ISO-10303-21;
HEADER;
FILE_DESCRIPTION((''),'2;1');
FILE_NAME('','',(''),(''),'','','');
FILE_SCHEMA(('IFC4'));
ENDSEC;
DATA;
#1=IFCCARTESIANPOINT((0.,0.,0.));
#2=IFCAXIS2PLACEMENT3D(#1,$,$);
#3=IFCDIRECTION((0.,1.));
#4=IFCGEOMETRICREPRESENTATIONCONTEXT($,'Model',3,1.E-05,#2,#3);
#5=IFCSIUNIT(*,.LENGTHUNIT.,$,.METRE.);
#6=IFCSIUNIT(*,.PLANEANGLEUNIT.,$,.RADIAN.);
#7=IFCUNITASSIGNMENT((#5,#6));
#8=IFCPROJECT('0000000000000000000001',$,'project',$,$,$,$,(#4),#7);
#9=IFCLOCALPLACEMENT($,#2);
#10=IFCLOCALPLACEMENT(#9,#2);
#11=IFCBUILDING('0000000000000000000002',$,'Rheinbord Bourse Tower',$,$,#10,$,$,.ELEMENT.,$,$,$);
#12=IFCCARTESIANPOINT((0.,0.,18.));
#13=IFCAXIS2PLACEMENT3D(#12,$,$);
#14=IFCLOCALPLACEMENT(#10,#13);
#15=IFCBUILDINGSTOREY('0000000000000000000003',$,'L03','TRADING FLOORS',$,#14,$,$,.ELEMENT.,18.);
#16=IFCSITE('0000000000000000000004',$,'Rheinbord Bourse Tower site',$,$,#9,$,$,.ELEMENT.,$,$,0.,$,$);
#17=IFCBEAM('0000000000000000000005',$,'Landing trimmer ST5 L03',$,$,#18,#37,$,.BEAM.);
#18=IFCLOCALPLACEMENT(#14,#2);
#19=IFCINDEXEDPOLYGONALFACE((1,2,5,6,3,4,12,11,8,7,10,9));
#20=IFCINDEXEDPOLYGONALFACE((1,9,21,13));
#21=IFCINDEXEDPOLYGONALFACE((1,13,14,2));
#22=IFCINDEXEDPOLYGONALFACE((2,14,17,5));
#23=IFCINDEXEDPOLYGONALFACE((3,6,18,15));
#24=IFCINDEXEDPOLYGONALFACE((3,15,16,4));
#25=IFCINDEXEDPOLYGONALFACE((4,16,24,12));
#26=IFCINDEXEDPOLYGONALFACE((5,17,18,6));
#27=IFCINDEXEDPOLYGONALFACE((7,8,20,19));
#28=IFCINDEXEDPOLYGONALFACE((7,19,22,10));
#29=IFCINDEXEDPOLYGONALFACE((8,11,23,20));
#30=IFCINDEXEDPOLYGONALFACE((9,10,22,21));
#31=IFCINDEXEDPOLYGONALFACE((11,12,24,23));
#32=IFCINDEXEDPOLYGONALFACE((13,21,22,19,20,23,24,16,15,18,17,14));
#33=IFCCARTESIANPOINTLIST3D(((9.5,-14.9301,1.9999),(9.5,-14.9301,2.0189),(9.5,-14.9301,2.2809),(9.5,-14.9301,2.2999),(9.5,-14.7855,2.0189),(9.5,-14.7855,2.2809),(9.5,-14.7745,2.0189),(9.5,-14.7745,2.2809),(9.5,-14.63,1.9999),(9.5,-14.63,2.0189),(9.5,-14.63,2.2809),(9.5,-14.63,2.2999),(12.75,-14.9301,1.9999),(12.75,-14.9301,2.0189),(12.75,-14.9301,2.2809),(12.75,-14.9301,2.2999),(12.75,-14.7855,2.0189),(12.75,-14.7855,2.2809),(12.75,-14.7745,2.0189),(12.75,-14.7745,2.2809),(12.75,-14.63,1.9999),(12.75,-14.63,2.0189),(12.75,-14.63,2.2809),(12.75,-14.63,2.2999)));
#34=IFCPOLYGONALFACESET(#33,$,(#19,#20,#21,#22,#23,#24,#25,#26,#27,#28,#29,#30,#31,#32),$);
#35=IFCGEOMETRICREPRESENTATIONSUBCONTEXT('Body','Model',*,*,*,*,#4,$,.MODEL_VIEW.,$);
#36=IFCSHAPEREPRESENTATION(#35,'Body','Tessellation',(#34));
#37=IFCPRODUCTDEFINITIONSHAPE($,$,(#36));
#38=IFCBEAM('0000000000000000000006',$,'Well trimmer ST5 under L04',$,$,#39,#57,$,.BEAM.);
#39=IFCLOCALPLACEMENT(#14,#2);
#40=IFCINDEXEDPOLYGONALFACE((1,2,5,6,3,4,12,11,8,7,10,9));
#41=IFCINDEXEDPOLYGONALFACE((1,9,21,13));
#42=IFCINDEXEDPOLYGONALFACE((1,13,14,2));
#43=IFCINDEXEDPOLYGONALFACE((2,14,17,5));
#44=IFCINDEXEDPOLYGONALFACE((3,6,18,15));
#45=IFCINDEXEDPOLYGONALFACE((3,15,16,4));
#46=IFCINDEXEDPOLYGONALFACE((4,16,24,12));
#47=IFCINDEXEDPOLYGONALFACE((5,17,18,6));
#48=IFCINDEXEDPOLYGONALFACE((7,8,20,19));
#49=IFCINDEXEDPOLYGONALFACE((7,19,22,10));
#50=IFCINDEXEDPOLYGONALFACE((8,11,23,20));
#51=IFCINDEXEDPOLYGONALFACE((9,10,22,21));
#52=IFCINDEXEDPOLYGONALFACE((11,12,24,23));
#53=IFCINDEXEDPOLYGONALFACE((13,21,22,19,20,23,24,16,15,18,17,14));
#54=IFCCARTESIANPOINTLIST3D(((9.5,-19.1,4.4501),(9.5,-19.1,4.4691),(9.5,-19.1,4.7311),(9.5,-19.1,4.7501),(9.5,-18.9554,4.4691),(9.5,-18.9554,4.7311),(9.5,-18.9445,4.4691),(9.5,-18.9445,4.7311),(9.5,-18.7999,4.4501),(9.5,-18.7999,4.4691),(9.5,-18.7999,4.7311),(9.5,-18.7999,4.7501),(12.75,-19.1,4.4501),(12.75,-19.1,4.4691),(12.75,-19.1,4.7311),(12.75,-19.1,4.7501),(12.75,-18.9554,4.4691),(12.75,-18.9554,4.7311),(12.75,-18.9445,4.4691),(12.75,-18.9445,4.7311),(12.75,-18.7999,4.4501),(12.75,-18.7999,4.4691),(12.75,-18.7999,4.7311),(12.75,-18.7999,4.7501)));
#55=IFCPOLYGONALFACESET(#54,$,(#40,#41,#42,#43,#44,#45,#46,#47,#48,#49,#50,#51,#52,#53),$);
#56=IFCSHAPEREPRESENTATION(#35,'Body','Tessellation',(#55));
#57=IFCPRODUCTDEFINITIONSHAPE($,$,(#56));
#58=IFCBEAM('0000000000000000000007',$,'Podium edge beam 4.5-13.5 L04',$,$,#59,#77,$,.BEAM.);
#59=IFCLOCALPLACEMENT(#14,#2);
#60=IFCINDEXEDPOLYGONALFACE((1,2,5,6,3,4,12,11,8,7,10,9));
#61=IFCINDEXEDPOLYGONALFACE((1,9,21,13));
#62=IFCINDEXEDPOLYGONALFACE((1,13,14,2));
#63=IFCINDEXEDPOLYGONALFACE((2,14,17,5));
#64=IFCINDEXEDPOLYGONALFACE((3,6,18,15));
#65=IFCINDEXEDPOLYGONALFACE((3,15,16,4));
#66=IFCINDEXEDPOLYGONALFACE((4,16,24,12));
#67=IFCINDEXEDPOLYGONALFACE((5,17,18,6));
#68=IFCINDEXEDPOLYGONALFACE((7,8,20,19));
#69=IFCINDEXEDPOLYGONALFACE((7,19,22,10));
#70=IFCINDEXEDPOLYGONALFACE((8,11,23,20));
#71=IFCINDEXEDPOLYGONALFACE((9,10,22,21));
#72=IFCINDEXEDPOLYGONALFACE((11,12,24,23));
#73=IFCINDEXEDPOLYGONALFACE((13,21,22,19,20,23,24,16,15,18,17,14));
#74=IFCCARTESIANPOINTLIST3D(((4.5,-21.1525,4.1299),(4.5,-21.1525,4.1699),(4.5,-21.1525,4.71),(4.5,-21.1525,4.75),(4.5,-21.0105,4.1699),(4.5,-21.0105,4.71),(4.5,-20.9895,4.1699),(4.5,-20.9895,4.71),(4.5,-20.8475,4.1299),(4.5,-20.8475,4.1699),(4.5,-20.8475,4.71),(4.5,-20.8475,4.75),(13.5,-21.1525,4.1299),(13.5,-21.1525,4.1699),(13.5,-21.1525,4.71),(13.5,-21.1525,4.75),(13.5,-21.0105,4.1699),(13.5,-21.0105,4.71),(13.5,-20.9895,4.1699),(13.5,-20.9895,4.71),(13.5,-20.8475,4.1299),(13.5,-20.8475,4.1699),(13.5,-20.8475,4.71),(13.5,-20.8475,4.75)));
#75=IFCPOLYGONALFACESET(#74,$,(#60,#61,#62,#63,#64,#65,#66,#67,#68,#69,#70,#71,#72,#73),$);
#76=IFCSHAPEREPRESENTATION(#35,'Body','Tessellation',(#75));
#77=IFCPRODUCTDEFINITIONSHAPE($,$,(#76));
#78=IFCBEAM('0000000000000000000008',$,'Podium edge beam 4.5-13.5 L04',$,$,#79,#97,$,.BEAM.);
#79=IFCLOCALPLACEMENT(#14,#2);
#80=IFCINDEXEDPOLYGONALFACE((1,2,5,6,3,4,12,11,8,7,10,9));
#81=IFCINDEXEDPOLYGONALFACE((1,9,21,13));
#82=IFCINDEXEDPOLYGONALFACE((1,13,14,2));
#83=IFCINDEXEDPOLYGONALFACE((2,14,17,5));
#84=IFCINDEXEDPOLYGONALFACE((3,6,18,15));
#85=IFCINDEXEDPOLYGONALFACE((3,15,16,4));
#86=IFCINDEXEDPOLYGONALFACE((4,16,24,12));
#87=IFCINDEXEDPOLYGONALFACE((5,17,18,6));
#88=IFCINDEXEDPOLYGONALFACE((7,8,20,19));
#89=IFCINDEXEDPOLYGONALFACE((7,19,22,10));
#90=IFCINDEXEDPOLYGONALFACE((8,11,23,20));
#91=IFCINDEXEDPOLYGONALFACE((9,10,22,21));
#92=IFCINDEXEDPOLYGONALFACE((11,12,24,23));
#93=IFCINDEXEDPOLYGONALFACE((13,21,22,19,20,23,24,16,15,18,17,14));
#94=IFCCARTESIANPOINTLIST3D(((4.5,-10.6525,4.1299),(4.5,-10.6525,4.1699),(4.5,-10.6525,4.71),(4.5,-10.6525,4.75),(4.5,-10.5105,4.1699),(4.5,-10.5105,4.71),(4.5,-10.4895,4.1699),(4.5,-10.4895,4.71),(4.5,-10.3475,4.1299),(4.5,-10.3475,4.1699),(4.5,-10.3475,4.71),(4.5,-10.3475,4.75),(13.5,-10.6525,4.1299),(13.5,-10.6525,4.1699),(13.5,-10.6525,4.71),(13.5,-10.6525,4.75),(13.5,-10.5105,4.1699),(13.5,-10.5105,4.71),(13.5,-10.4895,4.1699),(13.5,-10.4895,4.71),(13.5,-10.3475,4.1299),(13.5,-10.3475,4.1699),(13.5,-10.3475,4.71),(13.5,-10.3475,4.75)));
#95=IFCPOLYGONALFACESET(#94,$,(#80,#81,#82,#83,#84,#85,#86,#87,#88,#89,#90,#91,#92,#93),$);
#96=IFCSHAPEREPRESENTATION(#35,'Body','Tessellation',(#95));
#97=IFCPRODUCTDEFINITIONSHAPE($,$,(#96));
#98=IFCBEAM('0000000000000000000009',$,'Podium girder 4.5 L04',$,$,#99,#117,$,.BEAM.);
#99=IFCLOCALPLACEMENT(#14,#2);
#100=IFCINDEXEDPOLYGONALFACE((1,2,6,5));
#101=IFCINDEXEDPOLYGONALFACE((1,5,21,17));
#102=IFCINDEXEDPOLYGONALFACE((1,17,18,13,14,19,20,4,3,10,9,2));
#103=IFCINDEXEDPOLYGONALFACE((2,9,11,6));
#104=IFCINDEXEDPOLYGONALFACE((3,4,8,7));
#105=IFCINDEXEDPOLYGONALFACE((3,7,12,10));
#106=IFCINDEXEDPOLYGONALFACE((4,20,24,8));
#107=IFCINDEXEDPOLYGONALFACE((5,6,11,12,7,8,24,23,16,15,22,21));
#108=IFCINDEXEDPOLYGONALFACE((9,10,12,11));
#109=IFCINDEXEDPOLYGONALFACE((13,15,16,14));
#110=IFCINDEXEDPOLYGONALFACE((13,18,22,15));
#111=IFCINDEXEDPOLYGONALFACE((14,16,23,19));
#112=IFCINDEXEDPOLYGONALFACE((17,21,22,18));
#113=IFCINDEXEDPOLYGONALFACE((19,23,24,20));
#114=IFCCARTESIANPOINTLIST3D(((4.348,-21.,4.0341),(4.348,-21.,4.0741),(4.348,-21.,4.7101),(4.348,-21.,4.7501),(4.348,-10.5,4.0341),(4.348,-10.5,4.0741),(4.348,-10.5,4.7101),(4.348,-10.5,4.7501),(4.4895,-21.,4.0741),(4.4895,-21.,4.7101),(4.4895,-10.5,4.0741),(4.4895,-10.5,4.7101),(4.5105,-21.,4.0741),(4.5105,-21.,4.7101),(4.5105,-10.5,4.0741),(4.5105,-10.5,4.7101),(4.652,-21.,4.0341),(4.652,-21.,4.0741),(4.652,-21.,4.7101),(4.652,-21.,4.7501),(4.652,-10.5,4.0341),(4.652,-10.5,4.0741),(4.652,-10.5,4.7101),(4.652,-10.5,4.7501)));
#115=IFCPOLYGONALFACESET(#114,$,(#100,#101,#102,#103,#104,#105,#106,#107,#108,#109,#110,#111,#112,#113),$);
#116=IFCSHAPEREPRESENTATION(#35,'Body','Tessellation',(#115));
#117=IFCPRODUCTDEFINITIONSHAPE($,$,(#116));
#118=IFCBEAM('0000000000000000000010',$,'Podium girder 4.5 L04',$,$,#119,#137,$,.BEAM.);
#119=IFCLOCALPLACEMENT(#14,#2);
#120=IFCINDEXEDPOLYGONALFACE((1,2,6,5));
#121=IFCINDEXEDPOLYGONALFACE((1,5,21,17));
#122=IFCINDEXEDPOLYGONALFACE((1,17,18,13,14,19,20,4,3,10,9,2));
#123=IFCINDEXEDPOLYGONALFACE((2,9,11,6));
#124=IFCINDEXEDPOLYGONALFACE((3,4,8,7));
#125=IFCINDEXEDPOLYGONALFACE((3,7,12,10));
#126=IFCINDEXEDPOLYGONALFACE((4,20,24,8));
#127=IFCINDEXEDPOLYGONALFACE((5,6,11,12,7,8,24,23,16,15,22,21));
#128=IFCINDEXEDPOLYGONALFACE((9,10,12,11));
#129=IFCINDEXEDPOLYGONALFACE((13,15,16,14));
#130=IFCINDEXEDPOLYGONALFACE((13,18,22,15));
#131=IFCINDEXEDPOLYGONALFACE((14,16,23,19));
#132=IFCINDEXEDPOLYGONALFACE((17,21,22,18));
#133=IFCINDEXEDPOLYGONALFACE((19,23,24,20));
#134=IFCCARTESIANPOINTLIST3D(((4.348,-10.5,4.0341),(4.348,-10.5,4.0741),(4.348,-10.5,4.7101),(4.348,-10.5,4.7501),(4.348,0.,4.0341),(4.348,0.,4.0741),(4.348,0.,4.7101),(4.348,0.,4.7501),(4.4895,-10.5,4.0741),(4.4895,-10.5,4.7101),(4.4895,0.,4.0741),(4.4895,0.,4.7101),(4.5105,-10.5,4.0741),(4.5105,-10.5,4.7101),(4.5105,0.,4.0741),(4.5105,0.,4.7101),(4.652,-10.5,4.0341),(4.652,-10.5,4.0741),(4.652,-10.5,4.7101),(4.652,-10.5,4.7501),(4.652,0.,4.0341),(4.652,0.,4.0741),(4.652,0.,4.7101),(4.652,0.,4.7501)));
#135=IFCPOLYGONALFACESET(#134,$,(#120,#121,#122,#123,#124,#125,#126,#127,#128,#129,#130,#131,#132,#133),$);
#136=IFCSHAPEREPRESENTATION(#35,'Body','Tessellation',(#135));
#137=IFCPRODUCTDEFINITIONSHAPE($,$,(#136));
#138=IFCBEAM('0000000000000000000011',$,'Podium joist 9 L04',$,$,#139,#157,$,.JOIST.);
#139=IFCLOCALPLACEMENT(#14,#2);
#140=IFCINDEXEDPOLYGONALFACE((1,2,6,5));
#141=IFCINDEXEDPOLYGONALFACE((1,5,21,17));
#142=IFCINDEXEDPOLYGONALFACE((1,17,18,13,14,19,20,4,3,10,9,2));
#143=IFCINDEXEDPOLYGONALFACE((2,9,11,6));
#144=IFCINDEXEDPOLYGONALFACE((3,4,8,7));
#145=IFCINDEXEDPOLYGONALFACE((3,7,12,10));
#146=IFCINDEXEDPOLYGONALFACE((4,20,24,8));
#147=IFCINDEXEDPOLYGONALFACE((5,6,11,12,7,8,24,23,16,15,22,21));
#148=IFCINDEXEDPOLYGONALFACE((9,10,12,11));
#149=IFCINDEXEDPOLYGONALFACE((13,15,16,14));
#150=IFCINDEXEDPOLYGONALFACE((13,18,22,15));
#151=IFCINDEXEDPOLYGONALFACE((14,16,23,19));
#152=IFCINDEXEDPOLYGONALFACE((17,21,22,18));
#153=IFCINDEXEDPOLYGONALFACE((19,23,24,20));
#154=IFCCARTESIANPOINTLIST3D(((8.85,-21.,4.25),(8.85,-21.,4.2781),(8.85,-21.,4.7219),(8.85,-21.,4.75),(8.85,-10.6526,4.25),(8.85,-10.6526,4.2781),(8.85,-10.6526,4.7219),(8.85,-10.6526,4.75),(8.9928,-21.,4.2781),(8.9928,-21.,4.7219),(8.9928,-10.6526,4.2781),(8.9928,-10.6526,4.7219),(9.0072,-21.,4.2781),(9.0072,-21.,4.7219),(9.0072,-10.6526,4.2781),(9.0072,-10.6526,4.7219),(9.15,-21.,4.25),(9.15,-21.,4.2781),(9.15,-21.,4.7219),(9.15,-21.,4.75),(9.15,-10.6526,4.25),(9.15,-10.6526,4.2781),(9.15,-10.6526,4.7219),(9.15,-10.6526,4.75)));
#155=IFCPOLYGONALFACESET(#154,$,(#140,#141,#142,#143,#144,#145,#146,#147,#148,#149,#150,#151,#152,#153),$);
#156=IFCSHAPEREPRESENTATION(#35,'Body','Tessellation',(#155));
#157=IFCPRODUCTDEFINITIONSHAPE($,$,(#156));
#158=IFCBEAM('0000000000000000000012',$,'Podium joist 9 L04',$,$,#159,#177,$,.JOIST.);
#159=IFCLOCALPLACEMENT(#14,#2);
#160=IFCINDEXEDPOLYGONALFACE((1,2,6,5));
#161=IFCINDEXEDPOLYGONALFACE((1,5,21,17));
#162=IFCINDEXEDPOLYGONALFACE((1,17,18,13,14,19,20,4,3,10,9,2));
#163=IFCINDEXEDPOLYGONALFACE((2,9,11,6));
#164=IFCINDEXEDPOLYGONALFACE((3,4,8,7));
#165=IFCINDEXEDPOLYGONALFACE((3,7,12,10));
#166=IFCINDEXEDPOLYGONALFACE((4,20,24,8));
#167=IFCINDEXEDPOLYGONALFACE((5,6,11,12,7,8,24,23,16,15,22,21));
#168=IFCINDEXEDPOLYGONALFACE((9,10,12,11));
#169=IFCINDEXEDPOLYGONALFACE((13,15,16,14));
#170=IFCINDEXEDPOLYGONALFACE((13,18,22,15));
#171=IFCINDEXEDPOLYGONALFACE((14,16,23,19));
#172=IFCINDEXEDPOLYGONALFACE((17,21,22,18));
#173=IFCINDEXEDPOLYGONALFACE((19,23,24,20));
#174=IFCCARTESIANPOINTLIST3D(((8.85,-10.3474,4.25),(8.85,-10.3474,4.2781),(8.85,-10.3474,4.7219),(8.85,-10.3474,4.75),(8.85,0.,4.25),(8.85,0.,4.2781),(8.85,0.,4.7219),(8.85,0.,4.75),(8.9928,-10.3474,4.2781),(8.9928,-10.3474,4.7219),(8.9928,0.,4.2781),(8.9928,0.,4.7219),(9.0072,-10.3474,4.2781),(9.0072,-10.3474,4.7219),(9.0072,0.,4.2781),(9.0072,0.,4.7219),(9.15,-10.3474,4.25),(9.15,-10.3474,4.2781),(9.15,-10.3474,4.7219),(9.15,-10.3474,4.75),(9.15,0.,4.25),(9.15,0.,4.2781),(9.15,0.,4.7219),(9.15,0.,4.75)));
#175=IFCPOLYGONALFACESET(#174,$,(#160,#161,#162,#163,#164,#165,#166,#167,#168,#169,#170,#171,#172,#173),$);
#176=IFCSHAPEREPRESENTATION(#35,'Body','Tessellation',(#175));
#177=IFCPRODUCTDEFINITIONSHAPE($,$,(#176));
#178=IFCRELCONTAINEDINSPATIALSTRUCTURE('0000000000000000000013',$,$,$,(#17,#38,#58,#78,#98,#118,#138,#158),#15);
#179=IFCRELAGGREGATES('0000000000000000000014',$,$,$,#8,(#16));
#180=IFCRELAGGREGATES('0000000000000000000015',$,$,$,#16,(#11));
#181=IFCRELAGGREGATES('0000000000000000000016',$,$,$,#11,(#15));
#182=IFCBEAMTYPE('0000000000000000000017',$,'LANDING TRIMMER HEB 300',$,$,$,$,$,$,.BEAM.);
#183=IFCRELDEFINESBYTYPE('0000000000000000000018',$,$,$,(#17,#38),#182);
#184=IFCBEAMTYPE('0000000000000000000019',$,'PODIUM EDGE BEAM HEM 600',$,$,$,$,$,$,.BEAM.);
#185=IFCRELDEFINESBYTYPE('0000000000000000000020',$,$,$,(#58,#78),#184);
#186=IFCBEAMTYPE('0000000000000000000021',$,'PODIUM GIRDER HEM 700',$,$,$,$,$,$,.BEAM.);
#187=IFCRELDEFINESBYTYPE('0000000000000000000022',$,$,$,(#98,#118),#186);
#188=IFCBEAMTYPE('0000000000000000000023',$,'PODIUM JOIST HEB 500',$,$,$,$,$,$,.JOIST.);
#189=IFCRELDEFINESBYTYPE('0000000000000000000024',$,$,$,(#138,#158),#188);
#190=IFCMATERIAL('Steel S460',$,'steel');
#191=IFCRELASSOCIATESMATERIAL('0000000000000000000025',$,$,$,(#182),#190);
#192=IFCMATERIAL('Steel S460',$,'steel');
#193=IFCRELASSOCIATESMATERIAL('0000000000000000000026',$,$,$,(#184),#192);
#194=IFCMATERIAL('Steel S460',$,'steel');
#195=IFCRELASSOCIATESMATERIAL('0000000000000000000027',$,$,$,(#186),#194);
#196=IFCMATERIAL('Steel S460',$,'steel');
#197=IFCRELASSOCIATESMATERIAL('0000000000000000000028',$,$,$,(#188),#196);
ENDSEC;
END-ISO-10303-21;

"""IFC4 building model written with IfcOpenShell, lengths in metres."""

from ifc_helpers import new_model, si_unit, direction, frame, origin, origin_2d, place, context, subcontext, project, spatial, i_section, extrude, material, material_profile, profile_set, type_object, element, save


model = new_model("IFC4")

# Units and contexts
model_context = context("Model", 3, precision=1e-05, world=origin(), true_north=direction((0.0, 1.0)))
body_context = subcontext(model_context, "Body", "Model", "MODEL_VIEW")
ifc_project = project(units=[si_unit("LENGTHUNIT", "METRE"), si_unit("PLANEANGLEUNIT", "RADIAN")], contexts=[model_context])

# Site, building, storey
site_placement = place(None, origin())
site = spatial("IfcSite", under=ifc_project, at=site_placement, Name="Rheinbord Bourse Tower site", CompositionType="ELEMENT", RefElevation=0.0)
building_placement = place(site_placement, origin())
building = spatial("IfcBuilding", under=site, at=building_placement, Name="Rheinbord Bourse Tower", CompositionType="ELEMENT")
storey_placement = place(building_placement, frame((0.0, 0.0, 18.0)))
storey = spatial("IfcBuildingStorey", under=building, at=storey_placement, Name="L03", Description="TRADING FLOORS", CompositionType="ELEMENT", Elevation=18.0)

# Beams
ifc_material_1 = material(Name="Steel S460", Category="steel")
ifc_material_profile_1 = material_profile(ifc_material_1, i_section(OverallWidth=0.3, OverallDepth=0.3, WebThickness=0.011, FlangeThickness=0.019, at=origin_2d()), Name="HEB 300")
ifc_profile_set_1 = profile_set([ifc_material_profile_1], Name="Steel S460")
beam_type_1 = type_object("IfcBeamType", Name="LANDING TRIMMER HEB 300", PredefinedType="BEAM", material=ifc_profile_set_1)
for number, where, z_axis, x_axis, name in (
    (1, (9.5, -14.78, 2.1499), (1.0, 0.0, 0.0), (0.0, 1.0, 0.0), "Landing trimmer ST5 L03"),
    (2, (9.5, -18.95, 4.6001), (1.0, 0.0, 0.0), (0.0, 1.0, 0.0), "Well trimmer ST5 under L04"),
):
    element("IfcBeam", number, at=place(storey_placement, frame(where, z_axis=z_axis, x_axis=x_axis)), inside=storey, type_object=beam_type_1, Name=name, PredefinedType="BEAM", context=body_context, shape_type="SweptSolid", body=[
        extrude(i_section(OverallWidth=0.3, OverallDepth=0.3, WebThickness=0.011, FlangeThickness=0.019, at=origin_2d()), origin(), (0.0, 0.0, 1.0), 3.25),
    ])
ifc_material_2 = material(Name="Steel S460", Category="steel")
ifc_material_profile_2 = material_profile(ifc_material_2, i_section(OverallWidth=0.3049, OverallDepth=0.6201, WebThickness=0.021, FlangeThickness=0.04, at=origin_2d()), Name="HEM 600")
ifc_profile_set_2 = profile_set([ifc_material_profile_2], Name="Steel S460")
beam_type_2 = type_object("IfcBeamType", Name="PODIUM EDGE BEAM HEM 600", PredefinedType="BEAM", material=ifc_profile_set_2)
for number, where, z_axis, x_axis, name in (
    (3, (4.5, -21.0, 4.4399), (1.0, 0.0, 0.0), (0.0, 1.0, 0.0), "Podium edge beam 4.5-13.5 L04"),
    (4, (4.5, -10.5, 4.4399), (1.0, 0.0, 0.0), (0.0, 1.0, 0.0), "Podium edge beam 4.5-13.5 L04"),
):
    element("IfcBeam", number, at=place(storey_placement, frame(where, z_axis=z_axis, x_axis=x_axis)), inside=storey, type_object=beam_type_2, Name=name, PredefinedType="BEAM", context=body_context, shape_type="SweptSolid", body=[
        extrude(i_section(OverallWidth=0.3049, OverallDepth=0.6201, WebThickness=0.021, FlangeThickness=0.04, at=origin_2d()), origin(), (0.0, 0.0, 1.0), 9.0),
    ])
ifc_material_3 = material(Name="Steel S460", Category="steel")
ifc_material_profile_3 = material_profile(ifc_material_3, i_section(OverallWidth=0.304, OverallDepth=0.7161, WebThickness=0.021, FlangeThickness=0.04, at=origin_2d()), Name="HEM 700")
ifc_profile_set_3 = profile_set([ifc_material_profile_3], Name="Steel S460")
beam_type_3 = type_object("IfcBeamType", Name="PODIUM GIRDER HEM 700", PredefinedType="BEAM", material=ifc_profile_set_3)
for number, where, z_axis, x_axis, name in (
    (5, (4.5, -21.0, 4.3921), (0.0, 1.0, 0.0), (-1.0, 0.0, 0.0), "Podium girder 4.5 L04"),
    (6, (4.5, -10.5, 4.3921), (0.0, 1.0, 0.0), (-1.0, 0.0, 0.0), "Podium girder 4.5 L04"),
):
    element("IfcBeam", number, at=place(storey_placement, frame(where, z_axis=z_axis, x_axis=x_axis)), inside=storey, type_object=beam_type_3, Name=name, PredefinedType="BEAM", context=body_context, shape_type="SweptSolid", body=[
        extrude(i_section(OverallWidth=0.304, OverallDepth=0.7161, WebThickness=0.021, FlangeThickness=0.04, at=origin_2d()), origin(), (0.0, 0.0, 1.0), 10.5),
    ])
ifc_material_4 = material(Name="Steel S460", Category="steel")
ifc_material_profile_4 = material_profile(ifc_material_4, i_section(OverallWidth=0.3, OverallDepth=0.5, WebThickness=0.0144, FlangeThickness=0.0281, at=origin_2d()), Name="HEB 500")
ifc_profile_set_4 = profile_set([ifc_material_profile_4], Name="Steel S460")
beam_type_4 = type_object("IfcBeamType", Name="PODIUM JOIST HEB 500", PredefinedType="JOIST", material=ifc_profile_set_4)
for number, where, z_axis, x_axis, name in (
    (7, (9.0, -21.0, 4.5), (0.0, 1.0, 0.0), (-1.0, 0.0, 0.0), "Podium joist 9 L04"),
    (8, (9.0, -10.3474, 4.5), (0.0, 1.0, 0.0), (-1.0, 0.0, 0.0), "Podium joist 9 L04"),
):
    element("IfcBeam", number, at=place(storey_placement, frame(where, z_axis=z_axis, x_axis=x_axis)), inside=storey, type_object=beam_type_4, Name=name, PredefinedType="JOIST", context=body_context, shape_type="SweptSolid", body=[
        extrude(i_section(OverallWidth=0.3, OverallDepth=0.5, WebThickness=0.0144, FlangeThickness=0.0281, at=origin_2d()), origin(), (0.0, 0.0, 1.0), 10.3474),
    ])

save(model, "model.ifc")
